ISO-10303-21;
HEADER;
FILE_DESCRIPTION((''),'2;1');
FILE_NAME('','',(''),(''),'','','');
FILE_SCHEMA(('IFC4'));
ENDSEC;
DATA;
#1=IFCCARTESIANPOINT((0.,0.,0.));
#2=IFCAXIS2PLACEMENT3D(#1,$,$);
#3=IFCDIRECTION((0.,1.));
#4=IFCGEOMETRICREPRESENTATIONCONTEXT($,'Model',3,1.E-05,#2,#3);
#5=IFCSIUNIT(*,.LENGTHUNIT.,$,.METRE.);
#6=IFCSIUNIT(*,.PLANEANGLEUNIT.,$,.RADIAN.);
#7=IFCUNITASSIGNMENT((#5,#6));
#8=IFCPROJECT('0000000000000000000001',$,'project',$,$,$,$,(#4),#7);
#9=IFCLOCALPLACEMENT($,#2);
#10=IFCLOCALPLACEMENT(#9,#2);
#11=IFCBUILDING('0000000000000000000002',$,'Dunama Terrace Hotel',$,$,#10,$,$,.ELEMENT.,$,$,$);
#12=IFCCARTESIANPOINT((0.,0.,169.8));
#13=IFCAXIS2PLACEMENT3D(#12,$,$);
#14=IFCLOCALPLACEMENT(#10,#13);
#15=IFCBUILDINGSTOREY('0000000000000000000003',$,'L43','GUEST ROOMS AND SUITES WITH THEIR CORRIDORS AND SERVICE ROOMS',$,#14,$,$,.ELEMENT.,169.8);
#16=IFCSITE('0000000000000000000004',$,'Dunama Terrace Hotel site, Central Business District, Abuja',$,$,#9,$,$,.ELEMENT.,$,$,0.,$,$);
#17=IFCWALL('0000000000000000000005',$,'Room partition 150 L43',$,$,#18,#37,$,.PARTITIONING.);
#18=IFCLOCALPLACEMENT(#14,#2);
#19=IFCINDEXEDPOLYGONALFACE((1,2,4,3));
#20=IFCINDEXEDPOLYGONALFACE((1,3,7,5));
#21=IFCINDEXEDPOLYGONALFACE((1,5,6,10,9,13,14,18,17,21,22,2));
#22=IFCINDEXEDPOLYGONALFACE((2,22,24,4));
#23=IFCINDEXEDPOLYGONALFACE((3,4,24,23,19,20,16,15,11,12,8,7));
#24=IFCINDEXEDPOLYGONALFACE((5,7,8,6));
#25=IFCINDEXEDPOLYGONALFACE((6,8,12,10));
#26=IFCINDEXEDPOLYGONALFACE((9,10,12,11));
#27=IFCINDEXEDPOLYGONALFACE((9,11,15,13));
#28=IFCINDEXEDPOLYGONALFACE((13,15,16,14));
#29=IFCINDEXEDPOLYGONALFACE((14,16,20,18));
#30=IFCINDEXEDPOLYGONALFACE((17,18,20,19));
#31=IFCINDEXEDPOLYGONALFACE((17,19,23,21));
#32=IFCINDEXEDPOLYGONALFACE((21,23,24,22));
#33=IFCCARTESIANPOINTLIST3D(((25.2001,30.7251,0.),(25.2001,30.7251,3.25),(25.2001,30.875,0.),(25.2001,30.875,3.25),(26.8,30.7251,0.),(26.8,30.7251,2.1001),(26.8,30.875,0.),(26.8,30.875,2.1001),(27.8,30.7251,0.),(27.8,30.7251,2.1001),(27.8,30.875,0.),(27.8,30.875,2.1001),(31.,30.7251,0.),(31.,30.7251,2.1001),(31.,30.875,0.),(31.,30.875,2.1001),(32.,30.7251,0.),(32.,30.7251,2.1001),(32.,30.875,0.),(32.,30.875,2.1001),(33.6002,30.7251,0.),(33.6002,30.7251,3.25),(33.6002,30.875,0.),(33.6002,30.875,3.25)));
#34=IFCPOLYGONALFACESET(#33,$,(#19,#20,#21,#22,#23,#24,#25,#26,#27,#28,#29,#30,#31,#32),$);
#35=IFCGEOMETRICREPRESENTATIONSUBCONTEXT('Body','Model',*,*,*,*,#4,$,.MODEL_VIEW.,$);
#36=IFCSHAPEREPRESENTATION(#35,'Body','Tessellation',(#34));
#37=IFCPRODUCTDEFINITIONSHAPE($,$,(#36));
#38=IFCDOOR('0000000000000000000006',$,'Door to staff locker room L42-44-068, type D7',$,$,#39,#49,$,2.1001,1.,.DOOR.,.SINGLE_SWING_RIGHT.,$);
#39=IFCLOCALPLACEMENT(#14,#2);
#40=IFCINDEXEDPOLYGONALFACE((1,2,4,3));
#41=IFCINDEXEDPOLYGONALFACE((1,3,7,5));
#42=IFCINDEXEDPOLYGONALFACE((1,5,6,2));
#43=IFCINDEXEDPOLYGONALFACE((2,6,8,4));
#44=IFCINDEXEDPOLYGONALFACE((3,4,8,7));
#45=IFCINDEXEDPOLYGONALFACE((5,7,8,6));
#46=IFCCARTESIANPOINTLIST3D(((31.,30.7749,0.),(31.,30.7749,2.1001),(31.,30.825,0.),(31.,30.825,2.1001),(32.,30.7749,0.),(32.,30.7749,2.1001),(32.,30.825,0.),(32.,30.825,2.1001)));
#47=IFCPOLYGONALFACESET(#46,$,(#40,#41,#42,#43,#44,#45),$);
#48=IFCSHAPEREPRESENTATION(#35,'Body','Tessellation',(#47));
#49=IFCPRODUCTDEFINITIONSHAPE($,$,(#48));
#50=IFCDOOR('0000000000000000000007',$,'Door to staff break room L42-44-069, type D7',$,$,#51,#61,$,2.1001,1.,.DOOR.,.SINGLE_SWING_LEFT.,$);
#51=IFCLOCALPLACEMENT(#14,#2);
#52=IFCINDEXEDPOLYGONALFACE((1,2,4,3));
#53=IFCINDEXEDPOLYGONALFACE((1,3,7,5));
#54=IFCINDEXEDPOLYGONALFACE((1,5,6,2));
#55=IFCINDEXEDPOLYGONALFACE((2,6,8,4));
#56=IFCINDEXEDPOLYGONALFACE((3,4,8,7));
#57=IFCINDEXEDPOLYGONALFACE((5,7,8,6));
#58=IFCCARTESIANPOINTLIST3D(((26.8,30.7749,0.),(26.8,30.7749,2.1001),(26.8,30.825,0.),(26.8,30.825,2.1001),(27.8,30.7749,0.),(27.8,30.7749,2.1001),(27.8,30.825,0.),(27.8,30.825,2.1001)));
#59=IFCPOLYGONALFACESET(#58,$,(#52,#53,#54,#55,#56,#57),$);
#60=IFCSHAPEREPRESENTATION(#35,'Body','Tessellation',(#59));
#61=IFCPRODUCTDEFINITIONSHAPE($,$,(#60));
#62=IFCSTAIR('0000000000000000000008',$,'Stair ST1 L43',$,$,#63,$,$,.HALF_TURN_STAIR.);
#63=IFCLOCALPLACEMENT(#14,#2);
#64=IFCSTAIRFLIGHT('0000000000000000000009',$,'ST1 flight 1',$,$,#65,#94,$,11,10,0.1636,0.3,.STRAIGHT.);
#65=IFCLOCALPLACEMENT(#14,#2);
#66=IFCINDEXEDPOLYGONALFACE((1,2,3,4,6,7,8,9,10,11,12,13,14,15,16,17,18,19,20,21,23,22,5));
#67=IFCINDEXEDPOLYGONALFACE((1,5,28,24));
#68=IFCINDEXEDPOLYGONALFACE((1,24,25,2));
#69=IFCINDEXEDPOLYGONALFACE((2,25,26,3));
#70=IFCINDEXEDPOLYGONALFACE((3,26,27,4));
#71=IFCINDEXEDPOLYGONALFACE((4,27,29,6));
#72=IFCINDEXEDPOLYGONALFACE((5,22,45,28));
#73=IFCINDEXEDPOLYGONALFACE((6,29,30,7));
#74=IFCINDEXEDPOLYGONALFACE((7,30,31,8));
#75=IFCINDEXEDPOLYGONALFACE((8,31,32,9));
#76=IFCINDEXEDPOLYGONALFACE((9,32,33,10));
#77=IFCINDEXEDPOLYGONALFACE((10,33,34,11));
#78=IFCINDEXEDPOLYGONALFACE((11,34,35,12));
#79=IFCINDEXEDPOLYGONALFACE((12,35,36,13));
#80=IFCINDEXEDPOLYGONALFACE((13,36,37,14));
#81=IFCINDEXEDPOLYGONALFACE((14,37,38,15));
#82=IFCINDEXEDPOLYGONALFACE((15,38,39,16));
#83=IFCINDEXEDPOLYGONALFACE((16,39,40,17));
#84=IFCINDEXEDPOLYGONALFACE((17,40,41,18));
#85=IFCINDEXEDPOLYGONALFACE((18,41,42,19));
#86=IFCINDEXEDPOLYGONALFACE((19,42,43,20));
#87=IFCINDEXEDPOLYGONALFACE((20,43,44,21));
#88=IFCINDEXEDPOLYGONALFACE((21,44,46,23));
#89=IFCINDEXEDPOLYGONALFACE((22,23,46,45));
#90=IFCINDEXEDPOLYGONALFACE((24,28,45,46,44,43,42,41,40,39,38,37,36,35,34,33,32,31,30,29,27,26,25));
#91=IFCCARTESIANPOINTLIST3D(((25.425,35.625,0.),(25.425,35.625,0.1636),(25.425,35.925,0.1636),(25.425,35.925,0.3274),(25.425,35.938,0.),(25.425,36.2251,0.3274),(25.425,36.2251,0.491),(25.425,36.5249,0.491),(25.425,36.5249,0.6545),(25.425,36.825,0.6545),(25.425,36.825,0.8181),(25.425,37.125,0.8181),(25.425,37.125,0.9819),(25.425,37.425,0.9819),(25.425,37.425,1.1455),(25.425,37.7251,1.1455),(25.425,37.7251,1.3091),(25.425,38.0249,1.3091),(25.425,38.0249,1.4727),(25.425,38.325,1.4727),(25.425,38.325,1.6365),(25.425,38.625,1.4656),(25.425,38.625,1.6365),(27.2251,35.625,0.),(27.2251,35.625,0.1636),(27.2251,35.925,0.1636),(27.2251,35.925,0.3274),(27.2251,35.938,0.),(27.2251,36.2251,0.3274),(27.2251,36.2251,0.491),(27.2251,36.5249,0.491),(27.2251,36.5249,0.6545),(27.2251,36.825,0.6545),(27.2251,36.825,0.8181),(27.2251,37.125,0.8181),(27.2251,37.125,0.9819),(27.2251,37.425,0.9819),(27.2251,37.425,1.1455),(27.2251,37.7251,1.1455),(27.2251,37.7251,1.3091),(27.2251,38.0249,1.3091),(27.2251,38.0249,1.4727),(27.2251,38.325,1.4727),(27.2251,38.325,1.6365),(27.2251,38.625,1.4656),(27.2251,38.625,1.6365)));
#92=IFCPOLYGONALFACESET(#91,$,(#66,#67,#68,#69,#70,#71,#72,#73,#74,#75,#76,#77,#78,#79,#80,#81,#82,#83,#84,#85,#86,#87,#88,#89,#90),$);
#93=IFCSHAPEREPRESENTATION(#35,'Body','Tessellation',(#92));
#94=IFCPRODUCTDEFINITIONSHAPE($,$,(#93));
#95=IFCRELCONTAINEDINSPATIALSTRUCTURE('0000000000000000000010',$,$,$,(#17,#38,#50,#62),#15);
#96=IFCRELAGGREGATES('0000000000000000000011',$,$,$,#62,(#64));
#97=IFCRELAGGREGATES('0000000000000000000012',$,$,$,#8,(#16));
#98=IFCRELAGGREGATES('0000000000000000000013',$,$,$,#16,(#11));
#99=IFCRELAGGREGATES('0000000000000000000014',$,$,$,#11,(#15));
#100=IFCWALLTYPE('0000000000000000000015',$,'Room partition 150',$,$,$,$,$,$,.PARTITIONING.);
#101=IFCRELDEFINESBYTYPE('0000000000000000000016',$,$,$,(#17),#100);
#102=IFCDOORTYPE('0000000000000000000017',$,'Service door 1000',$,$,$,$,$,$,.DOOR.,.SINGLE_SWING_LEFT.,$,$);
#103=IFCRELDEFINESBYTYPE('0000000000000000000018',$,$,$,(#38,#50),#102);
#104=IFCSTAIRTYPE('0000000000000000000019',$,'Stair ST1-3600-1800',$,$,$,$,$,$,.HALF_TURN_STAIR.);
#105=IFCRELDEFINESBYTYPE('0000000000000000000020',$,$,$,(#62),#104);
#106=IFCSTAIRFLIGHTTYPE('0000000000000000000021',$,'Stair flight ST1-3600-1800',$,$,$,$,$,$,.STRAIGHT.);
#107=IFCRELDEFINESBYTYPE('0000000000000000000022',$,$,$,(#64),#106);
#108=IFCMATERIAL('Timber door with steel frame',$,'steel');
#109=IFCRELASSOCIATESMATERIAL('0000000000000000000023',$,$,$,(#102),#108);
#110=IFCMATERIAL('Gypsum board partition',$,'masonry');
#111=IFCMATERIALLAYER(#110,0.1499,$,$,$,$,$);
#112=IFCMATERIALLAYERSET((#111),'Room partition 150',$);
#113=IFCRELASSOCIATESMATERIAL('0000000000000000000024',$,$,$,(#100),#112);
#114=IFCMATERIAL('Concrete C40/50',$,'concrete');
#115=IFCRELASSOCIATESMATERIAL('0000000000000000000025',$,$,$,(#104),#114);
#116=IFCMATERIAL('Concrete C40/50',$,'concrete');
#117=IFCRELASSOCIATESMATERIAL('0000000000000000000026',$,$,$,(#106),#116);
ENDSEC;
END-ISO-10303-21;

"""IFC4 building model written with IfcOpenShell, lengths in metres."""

from ifc_helpers import new_model, si_unit, direction, frame, frame_2d, origin, place, context, subcontext, project, spatial, polyline, rectangle, outline, extrude, material, layer, layer_set, type_object, element, fill, aggregate, save


model = new_model("IFC4")

# Units and contexts
model_context = context("Model", 3, precision=1e-05, world=origin(), true_north=direction((0.0, 1.0)))
body_context = subcontext(model_context, "Body", "Model", "MODEL_VIEW")
ifc_project = project(units=[si_unit("LENGTHUNIT", "METRE"), si_unit("PLANEANGLEUNIT", "RADIAN")], contexts=[model_context])

# Site, building, storey
site_placement = place(None, origin())
site = spatial("IfcSite", under=ifc_project, at=site_placement, Name="Dunama Terrace Hotel site, Central Business District, Abuja", CompositionType="ELEMENT", RefElevation=0.0)
building_placement = place(site_placement, origin())
building = spatial("IfcBuilding", under=site, at=building_placement, Name="Dunama Terrace Hotel", CompositionType="ELEMENT")
storey_placement = place(building_placement, frame((0.0, 0.0, 169.8)))
storey = spatial("IfcBuildingStorey", under=building, at=storey_placement, Name="L43", Description="GUEST ROOMS AND SUITES WITH THEIR CORRIDORS AND SERVICE ROOMS", CompositionType="ELEMENT", Elevation=169.8)

# Shared definitions
ifc_material_1 = material(Name="Timber door with steel frame", Category="steel")
door_type_1 = type_object("IfcDoorType", Name="Service door 1000", OperationType="SINGLE_SWING_LEFT", PredefinedType="DOOR", material=ifc_material_1)

# Shared definitions
ifc_material_2 = material(Name="Gypsum board partition", Category="masonry")
ifc_layer_1 = layer(ifc_material_2, 0.1499)
ifc_layer_set_1 = layer_set([ifc_layer_1], Name="Room partition 150")
wall_type_1 = type_object("IfcWallType", Name="Room partition 150", PredefinedType="PARTITIONING", material=ifc_layer_set_1)

# Wall, openings, doors
wall_1_placement = place(storey_placement, frame((25.2, 30.8, 0.0), z_axis=(0.0, 0.0, 1.0), x_axis=(1.0, 0.0, 0.0)))
wall_1 = element("IfcWall", 1, at=wall_1_placement, inside=storey, type_object=wall_type_1, Name="Room partition 150 L43", PredefinedType="PARTITIONING", context=body_context, shape_type="SweptSolid", body=[
    extrude(rectangle(XDim=8.4001, YDim=0.1499, at=frame_2d((4.2002, 0.0))), origin(), (0.0, 0.0, 1.0), 3.25),
])
opening_1_placement = place(wall_1_placement, frame((5.8, 0.0, 0.0)))
opening_1 = element("IfcOpeningElement", 2, at=opening_1_placement, cuts=wall_1, PredefinedType="OPENING", context=body_context, shape_type="SweptSolid", body=[
    extrude(rectangle(XDim=1.0, YDim=2.1001, at=frame_2d((0.5, 1.05))), frame((0.0, 0.085, 0.0), z_axis=(0.0, -1.0, 0.0), x_axis=(1.0, 0.0, 0.0)), (0.0, 0.0, 1.0), 0.1699),
])
opening_2_placement = place(wall_1_placement, frame((1.6001, 0.0, 0.0)))
opening_2 = element("IfcOpeningElement", 3, at=opening_2_placement, cuts=wall_1, PredefinedType="OPENING", context=body_context, shape_type="SweptSolid", body=[
    extrude(rectangle(XDim=1.0, YDim=2.1001, at=frame_2d((0.5, 1.05))), frame((0.0, 0.085, 0.0), z_axis=(0.0, -1.0, 0.0), x_axis=(1.0, 0.0, 0.0)), (0.0, 0.0, 1.0), 0.1699),
])
door_1_placement = place(opening_1_placement, origin())
door_1 = element("IfcDoor", 4, at=door_1_placement, inside=storey, type_object=door_type_1, Name="Door to staff locker room L42-44-068, type D7", OperationType="SINGLE_SWING_RIGHT", OverallHeight=2.1001, OverallWidth=1.0, PredefinedType="DOOR", context=body_context, shape_type="SweptSolid", body=[
    extrude(rectangle(XDim=1.0, YDim=2.1001, at=frame_2d((0.5, 1.05))), frame((0.0, 0.0249, 0.0), z_axis=(0.0, -1.0, 0.0), x_axis=(1.0, 0.0, 0.0)), (0.0, 0.0, 1.0), 0.05),
])
fill(opening_1, door_1)
door_2_placement = place(opening_2_placement, origin())
door_2 = element("IfcDoor", 5, at=door_2_placement, inside=storey, type_object=door_type_1, Name="Door to staff break room L42-44-069, type D7", OperationType="SINGLE_SWING_LEFT", OverallHeight=2.1001, OverallWidth=1.0, PredefinedType="DOOR", context=body_context, shape_type="SweptSolid", body=[
    extrude(rectangle(XDim=1.0, YDim=2.1001, at=frame_2d((0.5, 1.05))), frame((0.0, 0.0249, 0.0), z_axis=(0.0, -1.0, 0.0), x_axis=(1.0, 0.0, 0.0)), (0.0, 0.0, 1.0), 0.05),
])
fill(opening_2, door_2)

# Stair, stair flight
ifc_material_3 = material(Name="Concrete C40/50", Category="concrete")
stair_type = type_object("IfcStairType", Name="Stair ST1-3600-1800", PredefinedType="HALF_TURN_STAIR", material=ifc_material_3)
stair_placement = place(storey_placement, origin())
stair = element("IfcStair", 6, at=stair_placement, inside=storey, type_object=stair_type, Name="Stair ST1 L43", PredefinedType="HALF_TURN_STAIR")
ifc_material_4 = material(Name="Concrete C40/50", Category="concrete")
stair_flight_type = type_object("IfcStairFlightType", Name="Stair flight ST1-3600-1800", PredefinedType="STRAIGHT", material=ifc_material_4)
stair_flight_placement = place(storey_placement, frame((26.325, 35.625, 0.0), z_axis=(0.0, 0.0, 1.0), x_axis=(0.0, 1.0, 0.0)))
stair_flight = element("IfcStairFlight", 7, at=stair_flight_placement, type_object=stair_flight_type, Name="ST1 flight 1", NumberOfRisers=11, NumberOfTreads=10, PredefinedType="STRAIGHT", RiserHeight=0.1636, TreadLength=0.3, context=body_context, shape_type="SweptSolid", body=[
    extrude(outline(polyline([(0.0, 0.0), (0.0, 0.1636), (0.3, 0.1636), (0.3, 0.3274), (0.6001, 0.3274), (0.6001, 0.491), (0.8999, 0.491), (0.8999, 0.6545), (1.2, 0.6545), (1.2, 0.8181), (1.5, 0.8181), (1.5, 0.9819), (1.8, 0.9819), (1.8, 1.1455), (2.1001, 1.1455), (2.1001, 1.3091), (2.3999, 1.3091), (2.3999, 1.4727), (2.7, 1.4727), (2.7, 1.6365), (3.0, 1.6365), (3.0, 1.8), (3.0, 1.4656), (0.313, 0.0), (0.0, 0.0)])), frame((0.0, 0.8999, 0.0), z_axis=(0.0, -1.0, 0.0), x_axis=(1.0, 0.0, 0.0)), (0.0, 0.0, 1.0), 1.8),
])
aggregate(stair, [stair_flight])

save(model, "model.ifc")
